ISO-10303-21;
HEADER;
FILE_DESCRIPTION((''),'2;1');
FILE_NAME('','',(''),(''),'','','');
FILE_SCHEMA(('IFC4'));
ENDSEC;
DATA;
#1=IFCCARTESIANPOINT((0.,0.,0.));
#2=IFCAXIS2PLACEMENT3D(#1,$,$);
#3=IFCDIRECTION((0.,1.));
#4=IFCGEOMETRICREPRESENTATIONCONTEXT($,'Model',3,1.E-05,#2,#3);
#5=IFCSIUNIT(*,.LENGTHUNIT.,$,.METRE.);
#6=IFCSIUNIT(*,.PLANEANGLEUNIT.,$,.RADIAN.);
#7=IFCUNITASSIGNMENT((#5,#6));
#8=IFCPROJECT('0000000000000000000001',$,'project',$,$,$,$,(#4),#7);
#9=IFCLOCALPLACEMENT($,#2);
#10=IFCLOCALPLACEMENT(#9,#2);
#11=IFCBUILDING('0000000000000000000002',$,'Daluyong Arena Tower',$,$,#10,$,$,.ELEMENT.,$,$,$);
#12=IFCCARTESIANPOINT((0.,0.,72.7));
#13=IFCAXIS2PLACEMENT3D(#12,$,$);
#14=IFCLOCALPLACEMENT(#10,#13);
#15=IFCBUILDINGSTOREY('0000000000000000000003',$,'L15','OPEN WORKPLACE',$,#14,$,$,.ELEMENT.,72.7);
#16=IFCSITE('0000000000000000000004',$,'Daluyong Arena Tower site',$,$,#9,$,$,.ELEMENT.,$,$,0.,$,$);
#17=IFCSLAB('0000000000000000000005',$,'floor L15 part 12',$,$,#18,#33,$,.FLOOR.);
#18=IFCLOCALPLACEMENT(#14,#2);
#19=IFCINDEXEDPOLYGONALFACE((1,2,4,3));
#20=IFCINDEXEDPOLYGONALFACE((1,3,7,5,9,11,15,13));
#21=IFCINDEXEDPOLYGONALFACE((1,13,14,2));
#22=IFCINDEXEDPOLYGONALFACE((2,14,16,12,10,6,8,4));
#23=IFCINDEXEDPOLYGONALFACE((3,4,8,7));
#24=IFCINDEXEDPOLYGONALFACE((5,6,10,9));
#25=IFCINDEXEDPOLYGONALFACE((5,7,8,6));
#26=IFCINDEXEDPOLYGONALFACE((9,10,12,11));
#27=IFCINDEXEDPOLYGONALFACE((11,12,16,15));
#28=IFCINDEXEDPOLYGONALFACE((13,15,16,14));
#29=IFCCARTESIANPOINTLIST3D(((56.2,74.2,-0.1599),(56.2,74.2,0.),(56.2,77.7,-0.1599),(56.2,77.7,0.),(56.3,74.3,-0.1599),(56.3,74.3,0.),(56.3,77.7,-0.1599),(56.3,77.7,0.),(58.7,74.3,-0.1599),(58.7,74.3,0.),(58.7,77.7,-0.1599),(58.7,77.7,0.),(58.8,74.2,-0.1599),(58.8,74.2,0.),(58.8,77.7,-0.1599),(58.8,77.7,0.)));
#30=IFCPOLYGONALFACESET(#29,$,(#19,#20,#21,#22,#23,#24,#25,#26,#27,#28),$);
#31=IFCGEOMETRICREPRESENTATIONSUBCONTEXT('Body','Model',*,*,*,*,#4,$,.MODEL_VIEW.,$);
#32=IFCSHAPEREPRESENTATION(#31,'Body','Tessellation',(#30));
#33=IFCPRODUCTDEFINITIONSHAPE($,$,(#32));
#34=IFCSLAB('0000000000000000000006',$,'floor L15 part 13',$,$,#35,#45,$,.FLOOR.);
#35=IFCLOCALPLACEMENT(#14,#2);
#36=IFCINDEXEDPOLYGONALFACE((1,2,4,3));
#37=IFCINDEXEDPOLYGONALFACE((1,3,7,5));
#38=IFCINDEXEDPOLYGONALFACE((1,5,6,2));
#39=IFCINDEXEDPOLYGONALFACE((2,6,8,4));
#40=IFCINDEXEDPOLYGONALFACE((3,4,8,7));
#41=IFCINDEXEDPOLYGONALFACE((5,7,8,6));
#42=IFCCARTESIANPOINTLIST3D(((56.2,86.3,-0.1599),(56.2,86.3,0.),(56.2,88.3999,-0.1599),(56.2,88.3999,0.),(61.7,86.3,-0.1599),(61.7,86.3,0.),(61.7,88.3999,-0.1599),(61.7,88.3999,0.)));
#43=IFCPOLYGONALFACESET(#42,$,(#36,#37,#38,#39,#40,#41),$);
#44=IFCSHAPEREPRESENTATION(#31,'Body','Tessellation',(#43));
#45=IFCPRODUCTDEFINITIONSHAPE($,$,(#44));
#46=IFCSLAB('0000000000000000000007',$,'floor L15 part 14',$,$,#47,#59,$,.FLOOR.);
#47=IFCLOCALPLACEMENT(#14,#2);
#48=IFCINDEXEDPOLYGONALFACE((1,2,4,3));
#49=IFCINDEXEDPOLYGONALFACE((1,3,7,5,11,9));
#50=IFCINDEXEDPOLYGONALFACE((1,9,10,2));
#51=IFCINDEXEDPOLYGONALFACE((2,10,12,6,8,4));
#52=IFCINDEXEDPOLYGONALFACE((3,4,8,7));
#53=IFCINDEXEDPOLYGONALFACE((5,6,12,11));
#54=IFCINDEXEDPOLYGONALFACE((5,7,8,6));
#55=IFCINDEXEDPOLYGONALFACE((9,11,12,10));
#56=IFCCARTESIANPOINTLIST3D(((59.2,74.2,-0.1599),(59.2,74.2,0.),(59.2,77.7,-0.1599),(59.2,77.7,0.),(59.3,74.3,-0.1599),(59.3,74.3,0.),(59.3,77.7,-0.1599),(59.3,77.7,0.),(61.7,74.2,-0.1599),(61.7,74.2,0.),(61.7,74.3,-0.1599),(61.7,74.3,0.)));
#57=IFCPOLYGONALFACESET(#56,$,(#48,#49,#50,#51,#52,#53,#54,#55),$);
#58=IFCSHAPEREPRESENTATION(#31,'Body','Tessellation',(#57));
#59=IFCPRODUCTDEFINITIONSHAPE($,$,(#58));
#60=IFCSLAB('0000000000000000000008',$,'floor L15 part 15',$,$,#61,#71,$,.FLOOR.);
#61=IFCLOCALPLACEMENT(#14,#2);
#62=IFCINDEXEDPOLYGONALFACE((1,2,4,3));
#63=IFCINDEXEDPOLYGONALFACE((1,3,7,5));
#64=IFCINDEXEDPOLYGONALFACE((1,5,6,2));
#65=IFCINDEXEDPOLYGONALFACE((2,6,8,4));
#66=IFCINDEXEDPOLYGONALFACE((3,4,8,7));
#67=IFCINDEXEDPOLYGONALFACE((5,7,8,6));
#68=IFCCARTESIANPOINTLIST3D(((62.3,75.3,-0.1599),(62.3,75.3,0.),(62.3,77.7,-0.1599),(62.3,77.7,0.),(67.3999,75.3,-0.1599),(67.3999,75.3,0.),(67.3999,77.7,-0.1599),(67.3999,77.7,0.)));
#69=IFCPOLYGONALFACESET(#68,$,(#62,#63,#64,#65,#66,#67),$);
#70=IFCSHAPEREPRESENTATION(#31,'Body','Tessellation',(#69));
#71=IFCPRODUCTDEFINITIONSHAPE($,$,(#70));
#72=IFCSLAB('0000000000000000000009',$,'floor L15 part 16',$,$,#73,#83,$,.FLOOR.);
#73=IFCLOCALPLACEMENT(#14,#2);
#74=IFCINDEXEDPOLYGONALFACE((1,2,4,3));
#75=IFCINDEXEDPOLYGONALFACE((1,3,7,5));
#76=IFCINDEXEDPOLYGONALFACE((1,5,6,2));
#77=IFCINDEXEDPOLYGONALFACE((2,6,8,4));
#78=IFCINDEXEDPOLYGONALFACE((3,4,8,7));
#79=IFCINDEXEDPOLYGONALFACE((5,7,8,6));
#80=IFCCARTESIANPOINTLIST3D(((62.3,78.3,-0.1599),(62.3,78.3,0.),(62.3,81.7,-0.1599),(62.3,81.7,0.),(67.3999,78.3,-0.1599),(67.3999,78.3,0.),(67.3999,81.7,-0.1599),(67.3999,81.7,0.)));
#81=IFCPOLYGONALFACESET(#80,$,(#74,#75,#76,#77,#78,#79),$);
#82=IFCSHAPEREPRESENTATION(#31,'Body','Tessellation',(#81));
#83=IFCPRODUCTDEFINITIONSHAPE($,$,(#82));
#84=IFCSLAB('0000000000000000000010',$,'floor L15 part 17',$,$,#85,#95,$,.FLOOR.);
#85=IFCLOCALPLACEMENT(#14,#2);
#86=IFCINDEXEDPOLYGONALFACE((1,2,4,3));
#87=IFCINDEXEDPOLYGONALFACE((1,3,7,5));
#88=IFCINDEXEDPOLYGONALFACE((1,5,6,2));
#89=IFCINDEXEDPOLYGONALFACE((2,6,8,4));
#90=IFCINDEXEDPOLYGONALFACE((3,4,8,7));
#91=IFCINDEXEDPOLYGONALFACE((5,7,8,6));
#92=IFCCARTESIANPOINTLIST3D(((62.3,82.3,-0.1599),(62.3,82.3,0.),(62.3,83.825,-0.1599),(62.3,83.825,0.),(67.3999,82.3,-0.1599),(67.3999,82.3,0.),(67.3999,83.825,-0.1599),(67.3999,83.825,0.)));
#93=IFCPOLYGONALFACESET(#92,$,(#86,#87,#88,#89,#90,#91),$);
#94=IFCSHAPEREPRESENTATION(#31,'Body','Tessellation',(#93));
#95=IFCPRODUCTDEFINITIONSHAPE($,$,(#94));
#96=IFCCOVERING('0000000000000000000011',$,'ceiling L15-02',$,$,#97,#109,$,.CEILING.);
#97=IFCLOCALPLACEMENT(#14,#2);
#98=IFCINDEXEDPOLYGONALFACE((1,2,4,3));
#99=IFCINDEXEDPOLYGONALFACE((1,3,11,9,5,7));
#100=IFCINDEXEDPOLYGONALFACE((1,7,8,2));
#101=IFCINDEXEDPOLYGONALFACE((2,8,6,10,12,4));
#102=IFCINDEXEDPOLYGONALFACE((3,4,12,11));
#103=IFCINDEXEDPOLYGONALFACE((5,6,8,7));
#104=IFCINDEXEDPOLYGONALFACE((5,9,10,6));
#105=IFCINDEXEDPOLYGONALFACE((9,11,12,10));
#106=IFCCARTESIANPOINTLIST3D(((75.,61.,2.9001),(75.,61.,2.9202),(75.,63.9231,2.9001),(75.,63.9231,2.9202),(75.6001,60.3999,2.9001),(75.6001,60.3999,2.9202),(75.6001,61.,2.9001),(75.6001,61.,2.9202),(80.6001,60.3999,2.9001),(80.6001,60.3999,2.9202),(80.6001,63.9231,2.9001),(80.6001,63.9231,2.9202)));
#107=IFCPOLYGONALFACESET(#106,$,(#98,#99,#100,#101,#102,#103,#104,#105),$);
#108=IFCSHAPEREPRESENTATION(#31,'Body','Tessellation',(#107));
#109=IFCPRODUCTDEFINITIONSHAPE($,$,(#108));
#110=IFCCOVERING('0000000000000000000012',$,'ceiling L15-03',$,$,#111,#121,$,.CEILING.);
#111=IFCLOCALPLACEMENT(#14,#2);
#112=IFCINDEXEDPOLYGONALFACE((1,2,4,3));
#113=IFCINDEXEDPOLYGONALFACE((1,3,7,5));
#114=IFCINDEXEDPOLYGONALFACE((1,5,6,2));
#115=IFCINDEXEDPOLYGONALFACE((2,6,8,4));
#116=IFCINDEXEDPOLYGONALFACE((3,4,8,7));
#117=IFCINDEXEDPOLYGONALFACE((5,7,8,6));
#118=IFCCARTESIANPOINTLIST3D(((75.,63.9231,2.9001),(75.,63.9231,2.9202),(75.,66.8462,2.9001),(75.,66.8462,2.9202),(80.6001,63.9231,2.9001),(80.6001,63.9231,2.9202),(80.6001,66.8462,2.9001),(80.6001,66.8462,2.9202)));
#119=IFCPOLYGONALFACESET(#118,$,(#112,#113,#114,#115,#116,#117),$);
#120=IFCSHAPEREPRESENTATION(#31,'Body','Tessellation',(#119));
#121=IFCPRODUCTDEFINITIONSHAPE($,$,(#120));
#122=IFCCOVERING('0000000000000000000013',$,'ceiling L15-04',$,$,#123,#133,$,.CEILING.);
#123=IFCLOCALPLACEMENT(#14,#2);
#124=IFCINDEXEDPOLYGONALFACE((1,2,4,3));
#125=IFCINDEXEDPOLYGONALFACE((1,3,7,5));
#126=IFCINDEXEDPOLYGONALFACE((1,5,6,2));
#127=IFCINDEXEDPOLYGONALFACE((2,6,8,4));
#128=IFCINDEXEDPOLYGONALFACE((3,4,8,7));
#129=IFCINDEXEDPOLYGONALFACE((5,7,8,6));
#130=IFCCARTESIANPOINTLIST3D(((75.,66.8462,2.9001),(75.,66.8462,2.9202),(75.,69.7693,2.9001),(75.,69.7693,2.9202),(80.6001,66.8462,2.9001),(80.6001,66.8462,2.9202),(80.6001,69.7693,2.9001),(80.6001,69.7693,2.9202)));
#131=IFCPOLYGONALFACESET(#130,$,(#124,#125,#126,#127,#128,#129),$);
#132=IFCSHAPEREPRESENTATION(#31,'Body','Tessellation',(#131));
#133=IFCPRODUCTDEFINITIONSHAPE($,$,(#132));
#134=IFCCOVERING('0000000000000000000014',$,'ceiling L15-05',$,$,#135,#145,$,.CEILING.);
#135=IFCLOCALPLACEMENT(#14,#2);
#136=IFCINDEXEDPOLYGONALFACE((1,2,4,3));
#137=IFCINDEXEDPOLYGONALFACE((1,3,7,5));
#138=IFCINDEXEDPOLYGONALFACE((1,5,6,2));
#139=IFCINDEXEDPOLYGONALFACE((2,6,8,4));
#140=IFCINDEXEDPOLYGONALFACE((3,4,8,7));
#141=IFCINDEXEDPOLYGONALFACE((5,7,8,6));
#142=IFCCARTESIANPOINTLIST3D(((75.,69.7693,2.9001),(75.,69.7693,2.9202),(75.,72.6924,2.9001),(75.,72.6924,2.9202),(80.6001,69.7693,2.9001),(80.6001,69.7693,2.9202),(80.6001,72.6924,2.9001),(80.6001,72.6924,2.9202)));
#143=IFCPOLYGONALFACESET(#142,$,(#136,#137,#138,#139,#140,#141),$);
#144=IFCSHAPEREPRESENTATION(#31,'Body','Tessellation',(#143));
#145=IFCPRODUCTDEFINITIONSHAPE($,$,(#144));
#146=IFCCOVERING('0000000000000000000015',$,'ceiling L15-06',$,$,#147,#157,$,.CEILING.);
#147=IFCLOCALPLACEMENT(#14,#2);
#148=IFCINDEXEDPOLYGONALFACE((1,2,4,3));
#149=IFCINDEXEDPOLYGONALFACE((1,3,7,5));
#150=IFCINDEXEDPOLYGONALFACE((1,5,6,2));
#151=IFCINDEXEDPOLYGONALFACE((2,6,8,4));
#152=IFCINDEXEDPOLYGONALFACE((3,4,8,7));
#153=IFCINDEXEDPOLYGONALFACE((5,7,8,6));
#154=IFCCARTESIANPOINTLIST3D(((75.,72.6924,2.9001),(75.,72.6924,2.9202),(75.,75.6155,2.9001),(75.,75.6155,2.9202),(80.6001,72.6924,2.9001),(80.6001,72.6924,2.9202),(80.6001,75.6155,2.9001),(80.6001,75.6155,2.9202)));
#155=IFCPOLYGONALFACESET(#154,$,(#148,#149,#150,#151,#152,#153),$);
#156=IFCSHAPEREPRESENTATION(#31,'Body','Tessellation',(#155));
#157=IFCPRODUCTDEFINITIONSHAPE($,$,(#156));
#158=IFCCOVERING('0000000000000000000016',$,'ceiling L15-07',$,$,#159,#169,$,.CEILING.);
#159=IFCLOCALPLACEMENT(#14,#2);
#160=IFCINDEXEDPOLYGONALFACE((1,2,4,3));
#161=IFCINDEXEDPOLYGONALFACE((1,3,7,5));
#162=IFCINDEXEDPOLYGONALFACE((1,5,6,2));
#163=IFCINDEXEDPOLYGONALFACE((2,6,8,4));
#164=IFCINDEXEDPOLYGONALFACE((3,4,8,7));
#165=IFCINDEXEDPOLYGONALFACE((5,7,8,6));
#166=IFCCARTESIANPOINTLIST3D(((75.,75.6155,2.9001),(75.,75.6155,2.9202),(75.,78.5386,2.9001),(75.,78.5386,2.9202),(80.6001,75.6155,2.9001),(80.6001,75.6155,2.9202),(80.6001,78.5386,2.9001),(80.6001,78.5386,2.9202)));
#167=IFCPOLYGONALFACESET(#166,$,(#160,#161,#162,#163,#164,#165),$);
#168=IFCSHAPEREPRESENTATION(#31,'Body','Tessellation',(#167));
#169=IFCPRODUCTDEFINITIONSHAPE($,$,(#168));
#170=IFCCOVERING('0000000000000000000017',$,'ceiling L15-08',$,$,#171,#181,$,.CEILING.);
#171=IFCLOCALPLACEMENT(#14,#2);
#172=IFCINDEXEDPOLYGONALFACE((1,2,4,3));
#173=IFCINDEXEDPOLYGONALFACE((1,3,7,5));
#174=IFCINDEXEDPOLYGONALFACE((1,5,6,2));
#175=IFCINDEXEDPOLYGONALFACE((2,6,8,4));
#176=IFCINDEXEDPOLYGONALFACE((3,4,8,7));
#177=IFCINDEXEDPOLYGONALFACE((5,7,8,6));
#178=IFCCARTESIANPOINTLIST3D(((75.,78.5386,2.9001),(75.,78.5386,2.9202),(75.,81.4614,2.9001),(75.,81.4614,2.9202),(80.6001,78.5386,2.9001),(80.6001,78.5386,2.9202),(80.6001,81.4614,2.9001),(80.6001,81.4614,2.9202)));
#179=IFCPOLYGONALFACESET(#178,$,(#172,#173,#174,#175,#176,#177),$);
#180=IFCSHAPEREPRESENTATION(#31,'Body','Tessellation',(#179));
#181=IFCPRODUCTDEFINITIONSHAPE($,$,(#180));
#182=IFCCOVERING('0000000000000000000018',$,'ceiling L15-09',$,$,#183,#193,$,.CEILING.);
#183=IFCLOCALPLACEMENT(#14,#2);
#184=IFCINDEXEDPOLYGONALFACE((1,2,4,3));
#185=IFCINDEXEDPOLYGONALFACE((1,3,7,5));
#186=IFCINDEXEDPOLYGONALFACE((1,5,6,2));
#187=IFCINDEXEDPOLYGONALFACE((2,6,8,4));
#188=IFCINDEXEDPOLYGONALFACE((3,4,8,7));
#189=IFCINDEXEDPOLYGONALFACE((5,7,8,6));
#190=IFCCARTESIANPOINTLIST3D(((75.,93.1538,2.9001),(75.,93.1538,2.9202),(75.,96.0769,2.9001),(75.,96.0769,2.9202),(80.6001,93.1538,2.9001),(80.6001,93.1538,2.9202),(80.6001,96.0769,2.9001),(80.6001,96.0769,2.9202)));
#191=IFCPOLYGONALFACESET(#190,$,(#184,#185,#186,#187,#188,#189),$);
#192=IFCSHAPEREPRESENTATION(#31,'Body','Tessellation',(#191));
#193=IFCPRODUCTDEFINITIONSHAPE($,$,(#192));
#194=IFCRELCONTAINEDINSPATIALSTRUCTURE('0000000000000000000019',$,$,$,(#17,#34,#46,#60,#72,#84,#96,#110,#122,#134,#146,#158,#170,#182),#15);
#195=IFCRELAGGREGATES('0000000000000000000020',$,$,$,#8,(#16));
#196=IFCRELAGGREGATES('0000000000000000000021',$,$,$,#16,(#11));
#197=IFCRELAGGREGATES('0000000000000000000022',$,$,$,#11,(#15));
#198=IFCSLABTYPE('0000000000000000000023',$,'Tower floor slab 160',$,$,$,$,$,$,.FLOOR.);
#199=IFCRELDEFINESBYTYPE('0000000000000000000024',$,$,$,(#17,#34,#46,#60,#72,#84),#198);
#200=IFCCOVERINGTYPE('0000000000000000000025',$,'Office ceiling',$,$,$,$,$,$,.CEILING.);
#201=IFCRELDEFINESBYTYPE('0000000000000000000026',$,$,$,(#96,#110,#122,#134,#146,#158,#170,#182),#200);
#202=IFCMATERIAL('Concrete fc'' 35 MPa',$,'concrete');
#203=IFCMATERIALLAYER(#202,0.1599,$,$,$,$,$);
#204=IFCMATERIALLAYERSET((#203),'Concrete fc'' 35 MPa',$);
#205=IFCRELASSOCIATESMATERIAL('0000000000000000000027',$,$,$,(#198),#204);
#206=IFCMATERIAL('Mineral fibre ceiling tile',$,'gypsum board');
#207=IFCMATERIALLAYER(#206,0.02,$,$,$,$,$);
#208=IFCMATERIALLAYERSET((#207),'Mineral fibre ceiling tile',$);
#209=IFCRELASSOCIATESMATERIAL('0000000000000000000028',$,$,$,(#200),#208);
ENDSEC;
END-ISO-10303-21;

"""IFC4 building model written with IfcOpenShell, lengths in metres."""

from ifc_helpers import new_model, si_unit, direction, frame, origin, place, context, subcontext, project, spatial, polyline, outline, extrude, material, layer, layer_set, type_object, element, save


model = new_model("IFC4")

# Units and contexts
model_context = context("Model", 3, precision=1e-05, world=origin(), true_north=direction((0.0, 1.0)))
body_context = subcontext(model_context, "Body", "Model", "MODEL_VIEW")
ifc_project = project(units=[si_unit("LENGTHUNIT", "METRE"), si_unit("PLANEANGLEUNIT", "RADIAN")], contexts=[model_context])

# Site, building, storey
site_placement = place(None, origin())
site = spatial("IfcSite", under=ifc_project, at=site_placement, Name="Daluyong Arena Tower site", CompositionType="ELEMENT", RefElevation=0.0)
building_placement = place(site_placement, origin())
building = spatial("IfcBuilding", under=site, at=building_placement, Name="Daluyong Arena Tower", CompositionType="ELEMENT")
storey_placement = place(building_placement, frame((0.0, 0.0, 72.7)))
storey = spatial("IfcBuildingStorey", under=building, at=storey_placement, Name="L15", Description="OPEN WORKPLACE", CompositionType="ELEMENT", Elevation=72.7)

# Slabs
ifc_material_1 = material(Name="Concrete fc' 35 MPa", Category="concrete")
ifc_layer_1 = layer(ifc_material_1, 0.1599)
ifc_layer_set_1 = layer_set([ifc_layer_1], Name="Concrete fc' 35 MPa")
slab_type_1 = type_object("IfcSlabType", Name="Tower floor slab 160", PredefinedType="FLOOR", material=ifc_layer_set_1)
slab_1_placement = place(storey_placement, frame((0.0, 0.0, -0.1599)))
element("IfcSlab", 1, at=slab_1_placement, inside=storey, type_object=slab_type_1, Name="floor L15 part 12", PredefinedType="FLOOR", context=body_context, shape_type="SweptSolid", body=[
    extrude(outline(polyline([(56.2, 77.7), (56.2, 74.2), (58.8, 74.2), (58.8, 77.7), (58.7, 77.7), (58.7, 74.3), (56.3, 74.3), (56.3, 77.7), (56.2, 77.7)])), origin(), (0.0, 0.0, 1.0), 0.1599),
])
slab_2_placement = place(storey_placement, frame((0.0, 0.0, -0.1599)))
element("IfcSlab", 2, at=slab_2_placement, inside=storey, type_object=slab_type_1, Name="floor L15 part 13", PredefinedType="FLOOR", context=body_context, shape_type="SweptSolid", body=[
    extrude(outline(polyline([(56.2, 86.3), (61.7, 86.3), (61.7, 88.3999), (56.2, 88.3999), (56.2, 86.3)])), origin(), (0.0, 0.0, 1.0), 0.1599),
])
slab_3_placement = place(storey_placement, frame((0.0, 0.0, -0.1599)))
element("IfcSlab", 3, at=slab_3_placement, inside=storey, type_object=slab_type_1, Name="floor L15 part 14", PredefinedType="FLOOR", context=body_context, shape_type="SweptSolid", body=[
    extrude(outline(polyline([(59.2, 74.2), (61.7, 74.2), (61.7, 74.3), (59.3, 74.3), (59.3, 77.7), (59.2, 77.7), (59.2, 74.2)])), origin(), (0.0, 0.0, 1.0), 0.1599),
])
slab_4_placement = place(storey_placement, frame((0.0, 0.0, -0.1599)))
element("IfcSlab", 4, at=slab_4_placement, inside=storey, type_object=slab_type_1, Name="floor L15 part 15", PredefinedType="FLOOR", context=body_context, shape_type="SweptSolid", body=[
    extrude(outline(polyline([(67.3999, 75.3), (67.3999, 77.7), (62.3, 77.7), (62.3, 75.3), (67.3999, 75.3)])), origin(), (0.0, 0.0, 1.0), 0.1599),
])
slab_5_placement = place(storey_placement, frame((0.0, 0.0, -0.1599)))
element("IfcSlab", 5, at=slab_5_placement, inside=storey, type_object=slab_type_1, Name="floor L15 part 16", PredefinedType="FLOOR", context=body_context, shape_type="SweptSolid", body=[
    extrude(outline(polyline([(67.3999, 78.3), (67.3999, 81.7), (62.3, 81.7), (62.3, 78.3), (67.3999, 78.3)])), origin(), (0.0, 0.0, 1.0), 0.1599),
])
slab_6_placement = place(storey_placement, frame((0.0, 0.0, -0.1599)))
element("IfcSlab", 6, at=slab_6_placement, inside=storey, type_object=slab_type_1, Name="floor L15 part 17", PredefinedType="FLOOR", context=body_context, shape_type="SweptSolid", body=[
    extrude(outline(polyline([(67.3999, 82.3), (67.3999, 83.825), (62.3, 83.825), (62.3, 82.3), (67.3999, 82.3)])), origin(), (0.0, 0.0, 1.0), 0.1599),
])

# Coverings
ifc_material_2 = material(Name="Mineral fibre ceiling tile", Category="gypsum board")
ifc_layer_2 = layer(ifc_material_2, 0.02)
ifc_layer_set_2 = layer_set([ifc_layer_2], Name="Mineral fibre ceiling tile")
covering_type = type_object("IfcCoveringType", Name="Office ceiling", PredefinedType="CEILING", material=ifc_layer_set_2)
covering_1_placement = place(storey_placement, frame((0.0, 0.0, 2.9001)))
element("IfcCovering", 7, at=covering_1_placement, inside=storey, type_object=covering_type, Name="ceiling L15-02", PredefinedType="CEILING", context=body_context, shape_type="SweptSolid", body=[
    extrude(outline(polyline([(75.6001, 60.3999), (80.6001, 60.3999), (80.6001, 63.9231), (75.0, 63.9231), (75.0, 61.0), (75.6001, 61.0), (75.6001, 60.3999)])), origin(), (0.0, 0.0, 1.0), 0.02),
])
covering_2_placement = place(storey_placement, frame((0.0, 0.0, 2.9001)))
element("IfcCovering", 8, at=covering_2_placement, inside=storey, type_object=covering_type, Name="ceiling L15-03", PredefinedType="CEILING", context=body_context, shape_type="SweptSolid", body=[
    extrude(outline(polyline([(75.0, 63.9231), (80.6001, 63.9231), (80.6001, 66.8462), (75.0, 66.8462), (75.0, 63.9231)])), origin(), (0.0, 0.0, 1.0), 0.02),
])
covering_3_placement = place(storey_placement, frame((0.0, 0.0, 2.9001)))
element("IfcCovering", 9, at=covering_3_placement, inside=storey, type_object=covering_type, Name="ceiling L15-04", PredefinedType="CEILING", context=body_context, shape_type="SweptSolid", body=[
    extrude(outline(polyline([(75.0, 66.8462), (80.6001, 66.8462), (80.6001, 69.7693), (75.0, 69.7693), (75.0, 66.8462)])), origin(), (0.0, 0.0, 1.0), 0.02),
])
covering_4_placement = place(storey_placement, frame((0.0, 0.0, 2.9001)))
element("IfcCovering", 10, at=covering_4_placement, inside=storey, type_object=covering_type, Name="ceiling L15-05", PredefinedType="CEILING", context=body_context, shape_type="SweptSolid", body=[
    extrude(outline(polyline([(75.0, 69.7693), (80.6001, 69.7693), (80.6001, 72.6924), (75.0, 72.6924), (75.0, 69.7693)])), origin(), (0.0, 0.0, 1.0), 0.02),
])
covering_5_placement = place(storey_placement, frame((0.0, 0.0, 2.9001)))
element("IfcCovering", 11, at=covering_5_placement, inside=storey, type_object=covering_type, Name="ceiling L15-06", PredefinedType="CEILING", context=body_context, shape_type="SweptSolid", body=[
    extrude(outline(polyline([(75.0, 72.6924), (80.6001, 72.6924), (80.6001, 75.6155), (75.0, 75.6155), (75.0, 72.6924)])), origin(), (0.0, 0.0, 1.0), 0.02),
])
covering_6_placement = place(storey_placement, frame((0.0, 0.0, 2.9001)))
element("IfcCovering", 12, at=covering_6_placement, inside=storey, type_object=covering_type, Name="ceiling L15-07", PredefinedType="CEILING", context=body_context, shape_type="SweptSolid", body=[
    extrude(outline(polyline([(75.0, 75.6155), (80.6001, 75.6155), (80.6001, 78.5386), (75.0, 78.5386), (75.0, 75.6155)])), origin(), (0.0, 0.0, 1.0), 0.02),
])
covering_7_placement = place(storey_placement, frame((0.0, 0.0, 2.9001)))
element("IfcCovering", 13, at=covering_7_placement, inside=storey, type_object=covering_type, Name="ceiling L15-08", PredefinedType="CEILING", context=body_context, shape_type="SweptSolid", body=[
    extrude(outline(polyline([(75.0, 78.5386), (80.6001, 78.5386), (80.6001, 81.4614), (75.0, 81.4614), (75.0, 78.5386)])), origin(), (0.0, 0.0, 1.0), 0.02),
])
covering_8_placement = place(storey_placement, frame((0.0, 0.0, 2.9001)))
element("IfcCovering", 14, at=covering_8_placement, inside=storey, type_object=covering_type, Name="ceiling L15-09", PredefinedType="CEILING", context=body_context, shape_type="SweptSolid", body=[
    extrude(outline(polyline([(75.0, 93.1538), (80.6001, 93.1538), (80.6001, 96.0769), (75.0, 96.0769), (75.0, 93.1538)])), origin(), (0.0, 0.0, 1.0), 0.02),
])

save(model, "model.ifc")
